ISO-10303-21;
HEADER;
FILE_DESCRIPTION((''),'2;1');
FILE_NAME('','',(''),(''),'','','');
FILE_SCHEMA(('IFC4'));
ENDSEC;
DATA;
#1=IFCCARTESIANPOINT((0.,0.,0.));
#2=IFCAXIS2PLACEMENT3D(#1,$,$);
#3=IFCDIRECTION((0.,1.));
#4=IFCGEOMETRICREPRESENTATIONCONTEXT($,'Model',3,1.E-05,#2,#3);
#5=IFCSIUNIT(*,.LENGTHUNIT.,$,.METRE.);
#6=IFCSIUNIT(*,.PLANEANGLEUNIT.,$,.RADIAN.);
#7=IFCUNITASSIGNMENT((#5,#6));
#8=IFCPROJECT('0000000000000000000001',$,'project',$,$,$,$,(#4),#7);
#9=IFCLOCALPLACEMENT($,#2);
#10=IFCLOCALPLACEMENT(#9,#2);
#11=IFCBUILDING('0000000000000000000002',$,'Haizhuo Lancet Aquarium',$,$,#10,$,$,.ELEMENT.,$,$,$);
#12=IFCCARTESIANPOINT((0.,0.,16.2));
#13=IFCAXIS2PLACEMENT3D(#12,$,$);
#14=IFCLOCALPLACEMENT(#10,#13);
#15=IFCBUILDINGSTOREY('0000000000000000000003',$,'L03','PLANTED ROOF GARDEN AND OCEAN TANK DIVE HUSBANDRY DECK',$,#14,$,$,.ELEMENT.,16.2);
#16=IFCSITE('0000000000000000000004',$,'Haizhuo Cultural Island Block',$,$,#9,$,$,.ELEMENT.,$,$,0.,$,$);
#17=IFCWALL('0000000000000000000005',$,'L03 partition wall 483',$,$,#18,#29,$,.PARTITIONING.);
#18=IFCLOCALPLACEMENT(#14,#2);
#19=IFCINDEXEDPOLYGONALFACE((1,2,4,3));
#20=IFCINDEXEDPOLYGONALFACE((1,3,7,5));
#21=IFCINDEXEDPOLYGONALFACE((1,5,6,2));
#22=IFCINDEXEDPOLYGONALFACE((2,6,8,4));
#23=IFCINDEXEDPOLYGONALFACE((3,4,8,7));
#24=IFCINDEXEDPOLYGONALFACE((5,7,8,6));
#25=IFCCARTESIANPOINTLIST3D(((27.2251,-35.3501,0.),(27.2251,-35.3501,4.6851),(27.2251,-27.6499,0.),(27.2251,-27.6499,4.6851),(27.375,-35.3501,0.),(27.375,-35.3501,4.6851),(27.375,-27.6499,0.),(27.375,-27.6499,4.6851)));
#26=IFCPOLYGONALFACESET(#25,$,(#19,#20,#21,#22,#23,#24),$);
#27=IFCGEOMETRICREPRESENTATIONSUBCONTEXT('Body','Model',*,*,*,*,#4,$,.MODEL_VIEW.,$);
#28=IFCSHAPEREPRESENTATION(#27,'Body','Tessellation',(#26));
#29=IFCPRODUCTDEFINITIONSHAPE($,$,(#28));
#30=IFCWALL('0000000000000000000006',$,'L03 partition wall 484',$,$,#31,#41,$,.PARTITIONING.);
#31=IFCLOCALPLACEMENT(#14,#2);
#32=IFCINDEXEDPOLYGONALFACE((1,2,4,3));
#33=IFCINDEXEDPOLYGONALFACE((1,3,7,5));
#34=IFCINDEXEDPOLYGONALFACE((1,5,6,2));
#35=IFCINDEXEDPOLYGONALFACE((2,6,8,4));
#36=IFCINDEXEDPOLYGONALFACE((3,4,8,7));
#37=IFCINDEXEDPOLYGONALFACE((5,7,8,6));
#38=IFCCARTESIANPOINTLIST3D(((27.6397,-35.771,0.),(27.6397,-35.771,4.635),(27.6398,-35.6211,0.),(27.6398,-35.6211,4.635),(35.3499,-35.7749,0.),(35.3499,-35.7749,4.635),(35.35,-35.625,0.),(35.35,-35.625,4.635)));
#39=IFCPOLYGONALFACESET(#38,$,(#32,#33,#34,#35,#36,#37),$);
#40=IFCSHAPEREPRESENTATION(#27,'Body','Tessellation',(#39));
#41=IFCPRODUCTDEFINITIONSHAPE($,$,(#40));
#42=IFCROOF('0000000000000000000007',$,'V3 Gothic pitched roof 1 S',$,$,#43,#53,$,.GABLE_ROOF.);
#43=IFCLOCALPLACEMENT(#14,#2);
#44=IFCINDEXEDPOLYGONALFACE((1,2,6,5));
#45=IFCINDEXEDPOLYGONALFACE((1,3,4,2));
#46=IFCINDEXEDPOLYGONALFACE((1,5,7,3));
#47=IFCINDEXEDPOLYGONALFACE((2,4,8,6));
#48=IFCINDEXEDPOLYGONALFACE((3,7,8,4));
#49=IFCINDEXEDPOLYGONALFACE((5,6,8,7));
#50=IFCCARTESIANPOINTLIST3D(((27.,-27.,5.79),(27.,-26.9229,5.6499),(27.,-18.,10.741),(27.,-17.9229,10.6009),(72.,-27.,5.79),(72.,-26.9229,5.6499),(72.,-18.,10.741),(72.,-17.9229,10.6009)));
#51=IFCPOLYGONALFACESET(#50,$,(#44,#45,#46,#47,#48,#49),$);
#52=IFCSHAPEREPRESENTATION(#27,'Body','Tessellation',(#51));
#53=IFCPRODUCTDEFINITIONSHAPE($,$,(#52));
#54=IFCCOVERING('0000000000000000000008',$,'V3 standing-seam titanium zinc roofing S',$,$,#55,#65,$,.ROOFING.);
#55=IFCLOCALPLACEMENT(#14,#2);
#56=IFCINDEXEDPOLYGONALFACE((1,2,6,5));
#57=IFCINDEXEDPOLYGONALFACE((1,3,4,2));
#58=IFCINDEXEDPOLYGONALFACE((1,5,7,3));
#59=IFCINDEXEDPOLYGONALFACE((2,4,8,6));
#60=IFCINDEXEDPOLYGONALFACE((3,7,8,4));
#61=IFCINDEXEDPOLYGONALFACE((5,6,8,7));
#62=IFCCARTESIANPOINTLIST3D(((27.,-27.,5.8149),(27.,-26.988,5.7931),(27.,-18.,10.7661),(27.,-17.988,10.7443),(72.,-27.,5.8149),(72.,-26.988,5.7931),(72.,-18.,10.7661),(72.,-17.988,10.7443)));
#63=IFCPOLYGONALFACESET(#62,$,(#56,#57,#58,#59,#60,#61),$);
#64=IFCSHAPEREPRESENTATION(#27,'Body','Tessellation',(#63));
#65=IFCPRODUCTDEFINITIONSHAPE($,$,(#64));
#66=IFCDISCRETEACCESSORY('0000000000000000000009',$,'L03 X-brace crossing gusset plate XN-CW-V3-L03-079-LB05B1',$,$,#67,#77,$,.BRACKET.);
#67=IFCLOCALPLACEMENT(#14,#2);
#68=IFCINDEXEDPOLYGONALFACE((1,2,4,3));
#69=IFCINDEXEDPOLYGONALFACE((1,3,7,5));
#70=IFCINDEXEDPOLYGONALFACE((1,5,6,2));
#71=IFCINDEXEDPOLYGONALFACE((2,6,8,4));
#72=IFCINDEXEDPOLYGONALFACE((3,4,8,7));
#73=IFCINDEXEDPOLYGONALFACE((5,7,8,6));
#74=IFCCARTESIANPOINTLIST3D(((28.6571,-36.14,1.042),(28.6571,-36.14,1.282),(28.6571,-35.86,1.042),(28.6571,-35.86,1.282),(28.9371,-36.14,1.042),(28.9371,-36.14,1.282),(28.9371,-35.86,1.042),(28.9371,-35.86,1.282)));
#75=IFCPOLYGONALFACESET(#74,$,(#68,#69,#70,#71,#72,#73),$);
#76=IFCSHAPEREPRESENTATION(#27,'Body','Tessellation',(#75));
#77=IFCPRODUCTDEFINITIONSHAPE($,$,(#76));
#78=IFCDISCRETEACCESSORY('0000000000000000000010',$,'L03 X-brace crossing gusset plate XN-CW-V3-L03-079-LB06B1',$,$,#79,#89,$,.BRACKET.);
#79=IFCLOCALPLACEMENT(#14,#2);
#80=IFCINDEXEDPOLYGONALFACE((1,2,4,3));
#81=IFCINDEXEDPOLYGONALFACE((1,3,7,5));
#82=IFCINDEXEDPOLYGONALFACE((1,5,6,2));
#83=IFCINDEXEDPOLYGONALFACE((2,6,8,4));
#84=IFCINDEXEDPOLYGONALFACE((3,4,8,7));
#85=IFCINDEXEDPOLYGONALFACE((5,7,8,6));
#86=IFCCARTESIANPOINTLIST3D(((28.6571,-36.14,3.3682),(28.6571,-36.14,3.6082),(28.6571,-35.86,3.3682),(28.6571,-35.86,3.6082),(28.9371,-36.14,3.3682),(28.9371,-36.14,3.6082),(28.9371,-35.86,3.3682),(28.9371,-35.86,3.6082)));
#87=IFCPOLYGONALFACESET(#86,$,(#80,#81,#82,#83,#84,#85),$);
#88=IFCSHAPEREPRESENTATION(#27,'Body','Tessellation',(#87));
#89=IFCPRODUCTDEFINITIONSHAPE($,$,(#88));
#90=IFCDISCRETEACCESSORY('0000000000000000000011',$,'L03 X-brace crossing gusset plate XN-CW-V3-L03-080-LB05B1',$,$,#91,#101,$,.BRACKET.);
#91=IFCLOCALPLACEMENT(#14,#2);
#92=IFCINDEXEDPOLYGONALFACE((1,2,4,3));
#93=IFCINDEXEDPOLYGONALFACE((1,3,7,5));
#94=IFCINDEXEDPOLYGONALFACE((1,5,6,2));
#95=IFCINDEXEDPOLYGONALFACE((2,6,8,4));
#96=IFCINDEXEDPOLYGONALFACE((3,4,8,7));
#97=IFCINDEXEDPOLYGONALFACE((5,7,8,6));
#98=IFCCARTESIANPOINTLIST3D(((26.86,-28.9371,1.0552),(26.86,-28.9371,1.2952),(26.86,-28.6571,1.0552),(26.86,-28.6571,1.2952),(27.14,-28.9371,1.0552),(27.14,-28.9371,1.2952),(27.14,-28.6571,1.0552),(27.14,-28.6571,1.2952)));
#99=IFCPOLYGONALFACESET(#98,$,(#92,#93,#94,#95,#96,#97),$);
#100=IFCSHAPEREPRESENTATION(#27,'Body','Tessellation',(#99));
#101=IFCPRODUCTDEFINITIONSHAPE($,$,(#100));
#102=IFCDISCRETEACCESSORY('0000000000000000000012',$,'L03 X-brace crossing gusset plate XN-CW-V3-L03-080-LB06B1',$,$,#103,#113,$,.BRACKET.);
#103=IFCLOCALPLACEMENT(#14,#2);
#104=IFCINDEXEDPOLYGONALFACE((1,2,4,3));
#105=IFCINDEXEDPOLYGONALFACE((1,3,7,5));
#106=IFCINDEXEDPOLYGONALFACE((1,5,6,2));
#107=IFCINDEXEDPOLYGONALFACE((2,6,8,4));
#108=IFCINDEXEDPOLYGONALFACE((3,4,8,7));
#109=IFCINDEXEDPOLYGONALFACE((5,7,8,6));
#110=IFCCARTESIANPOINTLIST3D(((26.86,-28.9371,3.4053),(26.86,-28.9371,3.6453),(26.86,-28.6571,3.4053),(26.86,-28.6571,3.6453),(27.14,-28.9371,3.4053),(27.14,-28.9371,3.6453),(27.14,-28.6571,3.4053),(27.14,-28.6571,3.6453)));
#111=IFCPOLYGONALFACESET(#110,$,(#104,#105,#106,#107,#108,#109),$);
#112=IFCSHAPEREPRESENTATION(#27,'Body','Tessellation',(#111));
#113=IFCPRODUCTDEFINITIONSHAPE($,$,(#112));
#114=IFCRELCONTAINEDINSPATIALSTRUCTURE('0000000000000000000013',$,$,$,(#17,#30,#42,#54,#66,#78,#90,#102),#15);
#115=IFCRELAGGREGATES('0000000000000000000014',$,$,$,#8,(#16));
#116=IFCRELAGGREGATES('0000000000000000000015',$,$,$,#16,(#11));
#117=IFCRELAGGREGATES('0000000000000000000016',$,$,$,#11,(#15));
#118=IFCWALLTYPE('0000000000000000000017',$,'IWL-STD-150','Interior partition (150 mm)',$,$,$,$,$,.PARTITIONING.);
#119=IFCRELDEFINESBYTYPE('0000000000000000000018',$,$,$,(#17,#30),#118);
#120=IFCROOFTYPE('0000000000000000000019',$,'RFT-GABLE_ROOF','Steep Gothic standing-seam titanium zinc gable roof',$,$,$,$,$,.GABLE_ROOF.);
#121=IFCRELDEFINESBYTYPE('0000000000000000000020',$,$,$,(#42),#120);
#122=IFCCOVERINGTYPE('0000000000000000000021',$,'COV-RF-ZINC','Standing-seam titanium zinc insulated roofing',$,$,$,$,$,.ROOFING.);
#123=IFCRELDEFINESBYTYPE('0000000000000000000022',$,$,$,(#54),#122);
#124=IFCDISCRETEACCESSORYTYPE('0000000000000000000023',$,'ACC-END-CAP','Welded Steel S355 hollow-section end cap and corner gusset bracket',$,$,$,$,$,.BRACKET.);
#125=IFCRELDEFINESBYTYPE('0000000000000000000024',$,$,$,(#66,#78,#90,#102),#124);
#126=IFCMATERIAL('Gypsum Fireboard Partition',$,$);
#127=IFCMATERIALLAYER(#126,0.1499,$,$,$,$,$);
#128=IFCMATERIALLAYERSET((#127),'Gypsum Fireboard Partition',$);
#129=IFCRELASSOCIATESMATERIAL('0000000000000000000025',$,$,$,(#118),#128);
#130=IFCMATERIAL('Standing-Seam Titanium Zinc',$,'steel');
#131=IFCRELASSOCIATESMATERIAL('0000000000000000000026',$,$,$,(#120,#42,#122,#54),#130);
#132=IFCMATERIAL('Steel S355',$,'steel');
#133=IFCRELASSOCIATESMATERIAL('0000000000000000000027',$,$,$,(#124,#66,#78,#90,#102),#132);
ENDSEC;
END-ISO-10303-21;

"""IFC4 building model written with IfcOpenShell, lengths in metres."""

from ifc_helpers import new_model, si_unit, direction, frame, frame_2d, origin, origin_2d, place, context, subcontext, project, spatial, polyline, rectangle, outline, extrude, material, layer, layer_set, type_object, element, save


model = new_model("IFC4")

# Units and contexts
model_context = context("Model", 3, precision=1e-05, world=origin(), true_north=direction((0.0, 1.0)))
body_context = subcontext(model_context, "Body", "Model", "MODEL_VIEW")
ifc_project = project(units=[si_unit("LENGTHUNIT", "METRE"), si_unit("PLANEANGLEUNIT", "RADIAN")], contexts=[model_context])

# Site, building, storey
site_placement = place(None, origin())
site = spatial("IfcSite", under=ifc_project, at=site_placement, Name="Haizhuo Cultural Island Block", CompositionType="ELEMENT", RefElevation=0.0)
building_placement = place(site_placement, origin())
building = spatial("IfcBuilding", under=site, at=building_placement, Name="Haizhuo Lancet Aquarium", CompositionType="ELEMENT")
storey_placement = place(building_placement, frame((0.0, 0.0, 16.2)))
storey = spatial("IfcBuildingStorey", under=building, at=storey_placement, Name="L03", Description="PLANTED ROOF GARDEN AND OCEAN TANK DIVE HUSBANDRY DECK", CompositionType="ELEMENT", Elevation=16.2)

# Shared definitions
ifc_material_1 = material(Name="Steel S355", Category="steel")

# Walls
ifc_material_2 = material(Name="Gypsum Fireboard Partition")
ifc_layer_1 = layer(ifc_material_2, 0.1499)
ifc_layer_set_1 = layer_set([ifc_layer_1], Name="Gypsum Fireboard Partition")
wall_type = type_object("IfcWallType", Name="IWL-STD-150", Description="Interior partition (150 mm)", PredefinedType="PARTITIONING", material=ifc_layer_set_1)
wall_1_placement = place(storey_placement, frame((27.3, -27.6499, 0.0), z_axis=(0.0, 0.0, 1.0), x_axis=(0.0, -1.0, 0.0)))
element("IfcWall", 1, at=wall_1_placement, inside=storey, type_object=wall_type, Name="L03 partition wall 483", PredefinedType="PARTITIONING", context=body_context, shape_type="SweptSolid", body=[
    extrude(rectangle(XDim=7.7002, YDim=0.1499, at=frame_2d((3.8501, 0.0))), origin(), (0.0, 0.0, 1.0), 4.6851),
])
wall_2_placement = place(storey_placement, frame((27.6399, -35.696, 0.0), z_axis=(0.0, 0.0, 1.0), x_axis=(1.0, -0.000507, 0.0)))
element("IfcWall", 2, at=wall_2_placement, inside=storey, type_object=wall_type, Name="L03 partition wall 484", PredefinedType="PARTITIONING", context=body_context, shape_type="SweptSolid", body=[
    extrude(rectangle(XDim=7.7102, YDim=0.1499, at=frame_2d((3.855, 0.0))), origin(), (0.0, 0.0, 1.0), 4.635),
])

# Roof
ifc_material_3 = material(Name="Standing-Seam Titanium Zinc", Category="steel")
roof_type = type_object("IfcRoofType", Name="RFT-GABLE_ROOF", Description="Steep Gothic standing-seam titanium zinc gable roof", PredefinedType="GABLE_ROOF", material=ifc_material_3)
roof_placement = place(storey_placement, frame((27.0, -27.0, 5.79), z_axis=(0.0, -0.481988, 0.876178), x_axis=(1.0, 0.0, 0.0)))
element("IfcRoof", 3, at=roof_placement, inside=storey, type_object=roof_type, material=ifc_material_3, Name="V3 Gothic pitched roof 1 S", PredefinedType="GABLE_ROOF", context=body_context, shape_type="SweptSolid", body=[
    extrude(outline(polyline([(0.0, 0.0), (45.0, 0.0), (45.0, 10.2719), (0.0, 10.2719), (0.0, 0.0)])), origin(), (0.0, 0.0, -1.0), 0.1599),
])

# Covering
covering_type = type_object("IfcCoveringType", Name="COV-RF-ZINC", Description="Standing-seam titanium zinc insulated roofing", PredefinedType="ROOFING", material=ifc_material_3)
covering_placement = place(storey_placement, frame((27.0, -27.0, 5.8149), z_axis=(0.0, -0.482006, 0.876168), x_axis=(1.0, 0.0, 0.0)))
element("IfcCovering", 4, at=covering_placement, inside=storey, type_object=covering_type, material=ifc_material_3, Name="V3 standing-seam titanium zinc roofing S", PredefinedType="ROOFING", context=body_context, shape_type="SweptSolid", body=[
    extrude(outline(polyline([(0.0, 0.0), (45.0, 0.0), (45.0, 10.272), (0.0, 10.272), (0.0, 0.0)])), origin(), (0.0, 0.0, -1.0), 0.0249),
])

# Discrete accessories
discrete_accessory_type = type_object("IfcDiscreteAccessoryType", Name="ACC-END-CAP", Description="Welded Steel S355 hollow-section end cap and corner gusset bracket", PredefinedType="BRACKET", material=ifc_material_1)
for number, where, z_axis, x_axis, name in (
    (5, (28.7971, -36.0, 1.042), (0.0, 0.0, 1.0), (1.0, 0.0, 0.0), "L03 X-brace crossing gusset plate XN-CW-V3-L03-079-LB05B1"),
    (6, (28.7971, -36.0, 3.3682), (0.0, 0.0, 1.0), (1.0, 0.0, 0.0), "L03 X-brace crossing gusset plate XN-CW-V3-L03-079-LB06B1"),
    (7, (27.0, -28.7971, 1.0552), (0.0, 0.0, 1.0), (1.0, 0.0, 0.0), "L03 X-brace crossing gusset plate XN-CW-V3-L03-080-LB05B1"),
    (8, (27.0, -28.7971, 3.4053), (0.0, 0.0, 1.0), (1.0, 0.0, 0.0), "L03 X-brace crossing gusset plate XN-CW-V3-L03-080-LB06B1"),
):
    element("IfcDiscreteAccessory", number, at=place(storey_placement, frame(where, z_axis=z_axis, x_axis=x_axis)), inside=storey, type_object=discrete_accessory_type, material=ifc_material_1, Name=name, PredefinedType="BRACKET", context=body_context, shape_type="SweptSolid", body=[
        extrude(rectangle(XDim=0.28, YDim=0.28, at=origin_2d()), origin(), (0.0, 0.0, 1.0), 0.24),
    ])

save(model, "model.ifc")
